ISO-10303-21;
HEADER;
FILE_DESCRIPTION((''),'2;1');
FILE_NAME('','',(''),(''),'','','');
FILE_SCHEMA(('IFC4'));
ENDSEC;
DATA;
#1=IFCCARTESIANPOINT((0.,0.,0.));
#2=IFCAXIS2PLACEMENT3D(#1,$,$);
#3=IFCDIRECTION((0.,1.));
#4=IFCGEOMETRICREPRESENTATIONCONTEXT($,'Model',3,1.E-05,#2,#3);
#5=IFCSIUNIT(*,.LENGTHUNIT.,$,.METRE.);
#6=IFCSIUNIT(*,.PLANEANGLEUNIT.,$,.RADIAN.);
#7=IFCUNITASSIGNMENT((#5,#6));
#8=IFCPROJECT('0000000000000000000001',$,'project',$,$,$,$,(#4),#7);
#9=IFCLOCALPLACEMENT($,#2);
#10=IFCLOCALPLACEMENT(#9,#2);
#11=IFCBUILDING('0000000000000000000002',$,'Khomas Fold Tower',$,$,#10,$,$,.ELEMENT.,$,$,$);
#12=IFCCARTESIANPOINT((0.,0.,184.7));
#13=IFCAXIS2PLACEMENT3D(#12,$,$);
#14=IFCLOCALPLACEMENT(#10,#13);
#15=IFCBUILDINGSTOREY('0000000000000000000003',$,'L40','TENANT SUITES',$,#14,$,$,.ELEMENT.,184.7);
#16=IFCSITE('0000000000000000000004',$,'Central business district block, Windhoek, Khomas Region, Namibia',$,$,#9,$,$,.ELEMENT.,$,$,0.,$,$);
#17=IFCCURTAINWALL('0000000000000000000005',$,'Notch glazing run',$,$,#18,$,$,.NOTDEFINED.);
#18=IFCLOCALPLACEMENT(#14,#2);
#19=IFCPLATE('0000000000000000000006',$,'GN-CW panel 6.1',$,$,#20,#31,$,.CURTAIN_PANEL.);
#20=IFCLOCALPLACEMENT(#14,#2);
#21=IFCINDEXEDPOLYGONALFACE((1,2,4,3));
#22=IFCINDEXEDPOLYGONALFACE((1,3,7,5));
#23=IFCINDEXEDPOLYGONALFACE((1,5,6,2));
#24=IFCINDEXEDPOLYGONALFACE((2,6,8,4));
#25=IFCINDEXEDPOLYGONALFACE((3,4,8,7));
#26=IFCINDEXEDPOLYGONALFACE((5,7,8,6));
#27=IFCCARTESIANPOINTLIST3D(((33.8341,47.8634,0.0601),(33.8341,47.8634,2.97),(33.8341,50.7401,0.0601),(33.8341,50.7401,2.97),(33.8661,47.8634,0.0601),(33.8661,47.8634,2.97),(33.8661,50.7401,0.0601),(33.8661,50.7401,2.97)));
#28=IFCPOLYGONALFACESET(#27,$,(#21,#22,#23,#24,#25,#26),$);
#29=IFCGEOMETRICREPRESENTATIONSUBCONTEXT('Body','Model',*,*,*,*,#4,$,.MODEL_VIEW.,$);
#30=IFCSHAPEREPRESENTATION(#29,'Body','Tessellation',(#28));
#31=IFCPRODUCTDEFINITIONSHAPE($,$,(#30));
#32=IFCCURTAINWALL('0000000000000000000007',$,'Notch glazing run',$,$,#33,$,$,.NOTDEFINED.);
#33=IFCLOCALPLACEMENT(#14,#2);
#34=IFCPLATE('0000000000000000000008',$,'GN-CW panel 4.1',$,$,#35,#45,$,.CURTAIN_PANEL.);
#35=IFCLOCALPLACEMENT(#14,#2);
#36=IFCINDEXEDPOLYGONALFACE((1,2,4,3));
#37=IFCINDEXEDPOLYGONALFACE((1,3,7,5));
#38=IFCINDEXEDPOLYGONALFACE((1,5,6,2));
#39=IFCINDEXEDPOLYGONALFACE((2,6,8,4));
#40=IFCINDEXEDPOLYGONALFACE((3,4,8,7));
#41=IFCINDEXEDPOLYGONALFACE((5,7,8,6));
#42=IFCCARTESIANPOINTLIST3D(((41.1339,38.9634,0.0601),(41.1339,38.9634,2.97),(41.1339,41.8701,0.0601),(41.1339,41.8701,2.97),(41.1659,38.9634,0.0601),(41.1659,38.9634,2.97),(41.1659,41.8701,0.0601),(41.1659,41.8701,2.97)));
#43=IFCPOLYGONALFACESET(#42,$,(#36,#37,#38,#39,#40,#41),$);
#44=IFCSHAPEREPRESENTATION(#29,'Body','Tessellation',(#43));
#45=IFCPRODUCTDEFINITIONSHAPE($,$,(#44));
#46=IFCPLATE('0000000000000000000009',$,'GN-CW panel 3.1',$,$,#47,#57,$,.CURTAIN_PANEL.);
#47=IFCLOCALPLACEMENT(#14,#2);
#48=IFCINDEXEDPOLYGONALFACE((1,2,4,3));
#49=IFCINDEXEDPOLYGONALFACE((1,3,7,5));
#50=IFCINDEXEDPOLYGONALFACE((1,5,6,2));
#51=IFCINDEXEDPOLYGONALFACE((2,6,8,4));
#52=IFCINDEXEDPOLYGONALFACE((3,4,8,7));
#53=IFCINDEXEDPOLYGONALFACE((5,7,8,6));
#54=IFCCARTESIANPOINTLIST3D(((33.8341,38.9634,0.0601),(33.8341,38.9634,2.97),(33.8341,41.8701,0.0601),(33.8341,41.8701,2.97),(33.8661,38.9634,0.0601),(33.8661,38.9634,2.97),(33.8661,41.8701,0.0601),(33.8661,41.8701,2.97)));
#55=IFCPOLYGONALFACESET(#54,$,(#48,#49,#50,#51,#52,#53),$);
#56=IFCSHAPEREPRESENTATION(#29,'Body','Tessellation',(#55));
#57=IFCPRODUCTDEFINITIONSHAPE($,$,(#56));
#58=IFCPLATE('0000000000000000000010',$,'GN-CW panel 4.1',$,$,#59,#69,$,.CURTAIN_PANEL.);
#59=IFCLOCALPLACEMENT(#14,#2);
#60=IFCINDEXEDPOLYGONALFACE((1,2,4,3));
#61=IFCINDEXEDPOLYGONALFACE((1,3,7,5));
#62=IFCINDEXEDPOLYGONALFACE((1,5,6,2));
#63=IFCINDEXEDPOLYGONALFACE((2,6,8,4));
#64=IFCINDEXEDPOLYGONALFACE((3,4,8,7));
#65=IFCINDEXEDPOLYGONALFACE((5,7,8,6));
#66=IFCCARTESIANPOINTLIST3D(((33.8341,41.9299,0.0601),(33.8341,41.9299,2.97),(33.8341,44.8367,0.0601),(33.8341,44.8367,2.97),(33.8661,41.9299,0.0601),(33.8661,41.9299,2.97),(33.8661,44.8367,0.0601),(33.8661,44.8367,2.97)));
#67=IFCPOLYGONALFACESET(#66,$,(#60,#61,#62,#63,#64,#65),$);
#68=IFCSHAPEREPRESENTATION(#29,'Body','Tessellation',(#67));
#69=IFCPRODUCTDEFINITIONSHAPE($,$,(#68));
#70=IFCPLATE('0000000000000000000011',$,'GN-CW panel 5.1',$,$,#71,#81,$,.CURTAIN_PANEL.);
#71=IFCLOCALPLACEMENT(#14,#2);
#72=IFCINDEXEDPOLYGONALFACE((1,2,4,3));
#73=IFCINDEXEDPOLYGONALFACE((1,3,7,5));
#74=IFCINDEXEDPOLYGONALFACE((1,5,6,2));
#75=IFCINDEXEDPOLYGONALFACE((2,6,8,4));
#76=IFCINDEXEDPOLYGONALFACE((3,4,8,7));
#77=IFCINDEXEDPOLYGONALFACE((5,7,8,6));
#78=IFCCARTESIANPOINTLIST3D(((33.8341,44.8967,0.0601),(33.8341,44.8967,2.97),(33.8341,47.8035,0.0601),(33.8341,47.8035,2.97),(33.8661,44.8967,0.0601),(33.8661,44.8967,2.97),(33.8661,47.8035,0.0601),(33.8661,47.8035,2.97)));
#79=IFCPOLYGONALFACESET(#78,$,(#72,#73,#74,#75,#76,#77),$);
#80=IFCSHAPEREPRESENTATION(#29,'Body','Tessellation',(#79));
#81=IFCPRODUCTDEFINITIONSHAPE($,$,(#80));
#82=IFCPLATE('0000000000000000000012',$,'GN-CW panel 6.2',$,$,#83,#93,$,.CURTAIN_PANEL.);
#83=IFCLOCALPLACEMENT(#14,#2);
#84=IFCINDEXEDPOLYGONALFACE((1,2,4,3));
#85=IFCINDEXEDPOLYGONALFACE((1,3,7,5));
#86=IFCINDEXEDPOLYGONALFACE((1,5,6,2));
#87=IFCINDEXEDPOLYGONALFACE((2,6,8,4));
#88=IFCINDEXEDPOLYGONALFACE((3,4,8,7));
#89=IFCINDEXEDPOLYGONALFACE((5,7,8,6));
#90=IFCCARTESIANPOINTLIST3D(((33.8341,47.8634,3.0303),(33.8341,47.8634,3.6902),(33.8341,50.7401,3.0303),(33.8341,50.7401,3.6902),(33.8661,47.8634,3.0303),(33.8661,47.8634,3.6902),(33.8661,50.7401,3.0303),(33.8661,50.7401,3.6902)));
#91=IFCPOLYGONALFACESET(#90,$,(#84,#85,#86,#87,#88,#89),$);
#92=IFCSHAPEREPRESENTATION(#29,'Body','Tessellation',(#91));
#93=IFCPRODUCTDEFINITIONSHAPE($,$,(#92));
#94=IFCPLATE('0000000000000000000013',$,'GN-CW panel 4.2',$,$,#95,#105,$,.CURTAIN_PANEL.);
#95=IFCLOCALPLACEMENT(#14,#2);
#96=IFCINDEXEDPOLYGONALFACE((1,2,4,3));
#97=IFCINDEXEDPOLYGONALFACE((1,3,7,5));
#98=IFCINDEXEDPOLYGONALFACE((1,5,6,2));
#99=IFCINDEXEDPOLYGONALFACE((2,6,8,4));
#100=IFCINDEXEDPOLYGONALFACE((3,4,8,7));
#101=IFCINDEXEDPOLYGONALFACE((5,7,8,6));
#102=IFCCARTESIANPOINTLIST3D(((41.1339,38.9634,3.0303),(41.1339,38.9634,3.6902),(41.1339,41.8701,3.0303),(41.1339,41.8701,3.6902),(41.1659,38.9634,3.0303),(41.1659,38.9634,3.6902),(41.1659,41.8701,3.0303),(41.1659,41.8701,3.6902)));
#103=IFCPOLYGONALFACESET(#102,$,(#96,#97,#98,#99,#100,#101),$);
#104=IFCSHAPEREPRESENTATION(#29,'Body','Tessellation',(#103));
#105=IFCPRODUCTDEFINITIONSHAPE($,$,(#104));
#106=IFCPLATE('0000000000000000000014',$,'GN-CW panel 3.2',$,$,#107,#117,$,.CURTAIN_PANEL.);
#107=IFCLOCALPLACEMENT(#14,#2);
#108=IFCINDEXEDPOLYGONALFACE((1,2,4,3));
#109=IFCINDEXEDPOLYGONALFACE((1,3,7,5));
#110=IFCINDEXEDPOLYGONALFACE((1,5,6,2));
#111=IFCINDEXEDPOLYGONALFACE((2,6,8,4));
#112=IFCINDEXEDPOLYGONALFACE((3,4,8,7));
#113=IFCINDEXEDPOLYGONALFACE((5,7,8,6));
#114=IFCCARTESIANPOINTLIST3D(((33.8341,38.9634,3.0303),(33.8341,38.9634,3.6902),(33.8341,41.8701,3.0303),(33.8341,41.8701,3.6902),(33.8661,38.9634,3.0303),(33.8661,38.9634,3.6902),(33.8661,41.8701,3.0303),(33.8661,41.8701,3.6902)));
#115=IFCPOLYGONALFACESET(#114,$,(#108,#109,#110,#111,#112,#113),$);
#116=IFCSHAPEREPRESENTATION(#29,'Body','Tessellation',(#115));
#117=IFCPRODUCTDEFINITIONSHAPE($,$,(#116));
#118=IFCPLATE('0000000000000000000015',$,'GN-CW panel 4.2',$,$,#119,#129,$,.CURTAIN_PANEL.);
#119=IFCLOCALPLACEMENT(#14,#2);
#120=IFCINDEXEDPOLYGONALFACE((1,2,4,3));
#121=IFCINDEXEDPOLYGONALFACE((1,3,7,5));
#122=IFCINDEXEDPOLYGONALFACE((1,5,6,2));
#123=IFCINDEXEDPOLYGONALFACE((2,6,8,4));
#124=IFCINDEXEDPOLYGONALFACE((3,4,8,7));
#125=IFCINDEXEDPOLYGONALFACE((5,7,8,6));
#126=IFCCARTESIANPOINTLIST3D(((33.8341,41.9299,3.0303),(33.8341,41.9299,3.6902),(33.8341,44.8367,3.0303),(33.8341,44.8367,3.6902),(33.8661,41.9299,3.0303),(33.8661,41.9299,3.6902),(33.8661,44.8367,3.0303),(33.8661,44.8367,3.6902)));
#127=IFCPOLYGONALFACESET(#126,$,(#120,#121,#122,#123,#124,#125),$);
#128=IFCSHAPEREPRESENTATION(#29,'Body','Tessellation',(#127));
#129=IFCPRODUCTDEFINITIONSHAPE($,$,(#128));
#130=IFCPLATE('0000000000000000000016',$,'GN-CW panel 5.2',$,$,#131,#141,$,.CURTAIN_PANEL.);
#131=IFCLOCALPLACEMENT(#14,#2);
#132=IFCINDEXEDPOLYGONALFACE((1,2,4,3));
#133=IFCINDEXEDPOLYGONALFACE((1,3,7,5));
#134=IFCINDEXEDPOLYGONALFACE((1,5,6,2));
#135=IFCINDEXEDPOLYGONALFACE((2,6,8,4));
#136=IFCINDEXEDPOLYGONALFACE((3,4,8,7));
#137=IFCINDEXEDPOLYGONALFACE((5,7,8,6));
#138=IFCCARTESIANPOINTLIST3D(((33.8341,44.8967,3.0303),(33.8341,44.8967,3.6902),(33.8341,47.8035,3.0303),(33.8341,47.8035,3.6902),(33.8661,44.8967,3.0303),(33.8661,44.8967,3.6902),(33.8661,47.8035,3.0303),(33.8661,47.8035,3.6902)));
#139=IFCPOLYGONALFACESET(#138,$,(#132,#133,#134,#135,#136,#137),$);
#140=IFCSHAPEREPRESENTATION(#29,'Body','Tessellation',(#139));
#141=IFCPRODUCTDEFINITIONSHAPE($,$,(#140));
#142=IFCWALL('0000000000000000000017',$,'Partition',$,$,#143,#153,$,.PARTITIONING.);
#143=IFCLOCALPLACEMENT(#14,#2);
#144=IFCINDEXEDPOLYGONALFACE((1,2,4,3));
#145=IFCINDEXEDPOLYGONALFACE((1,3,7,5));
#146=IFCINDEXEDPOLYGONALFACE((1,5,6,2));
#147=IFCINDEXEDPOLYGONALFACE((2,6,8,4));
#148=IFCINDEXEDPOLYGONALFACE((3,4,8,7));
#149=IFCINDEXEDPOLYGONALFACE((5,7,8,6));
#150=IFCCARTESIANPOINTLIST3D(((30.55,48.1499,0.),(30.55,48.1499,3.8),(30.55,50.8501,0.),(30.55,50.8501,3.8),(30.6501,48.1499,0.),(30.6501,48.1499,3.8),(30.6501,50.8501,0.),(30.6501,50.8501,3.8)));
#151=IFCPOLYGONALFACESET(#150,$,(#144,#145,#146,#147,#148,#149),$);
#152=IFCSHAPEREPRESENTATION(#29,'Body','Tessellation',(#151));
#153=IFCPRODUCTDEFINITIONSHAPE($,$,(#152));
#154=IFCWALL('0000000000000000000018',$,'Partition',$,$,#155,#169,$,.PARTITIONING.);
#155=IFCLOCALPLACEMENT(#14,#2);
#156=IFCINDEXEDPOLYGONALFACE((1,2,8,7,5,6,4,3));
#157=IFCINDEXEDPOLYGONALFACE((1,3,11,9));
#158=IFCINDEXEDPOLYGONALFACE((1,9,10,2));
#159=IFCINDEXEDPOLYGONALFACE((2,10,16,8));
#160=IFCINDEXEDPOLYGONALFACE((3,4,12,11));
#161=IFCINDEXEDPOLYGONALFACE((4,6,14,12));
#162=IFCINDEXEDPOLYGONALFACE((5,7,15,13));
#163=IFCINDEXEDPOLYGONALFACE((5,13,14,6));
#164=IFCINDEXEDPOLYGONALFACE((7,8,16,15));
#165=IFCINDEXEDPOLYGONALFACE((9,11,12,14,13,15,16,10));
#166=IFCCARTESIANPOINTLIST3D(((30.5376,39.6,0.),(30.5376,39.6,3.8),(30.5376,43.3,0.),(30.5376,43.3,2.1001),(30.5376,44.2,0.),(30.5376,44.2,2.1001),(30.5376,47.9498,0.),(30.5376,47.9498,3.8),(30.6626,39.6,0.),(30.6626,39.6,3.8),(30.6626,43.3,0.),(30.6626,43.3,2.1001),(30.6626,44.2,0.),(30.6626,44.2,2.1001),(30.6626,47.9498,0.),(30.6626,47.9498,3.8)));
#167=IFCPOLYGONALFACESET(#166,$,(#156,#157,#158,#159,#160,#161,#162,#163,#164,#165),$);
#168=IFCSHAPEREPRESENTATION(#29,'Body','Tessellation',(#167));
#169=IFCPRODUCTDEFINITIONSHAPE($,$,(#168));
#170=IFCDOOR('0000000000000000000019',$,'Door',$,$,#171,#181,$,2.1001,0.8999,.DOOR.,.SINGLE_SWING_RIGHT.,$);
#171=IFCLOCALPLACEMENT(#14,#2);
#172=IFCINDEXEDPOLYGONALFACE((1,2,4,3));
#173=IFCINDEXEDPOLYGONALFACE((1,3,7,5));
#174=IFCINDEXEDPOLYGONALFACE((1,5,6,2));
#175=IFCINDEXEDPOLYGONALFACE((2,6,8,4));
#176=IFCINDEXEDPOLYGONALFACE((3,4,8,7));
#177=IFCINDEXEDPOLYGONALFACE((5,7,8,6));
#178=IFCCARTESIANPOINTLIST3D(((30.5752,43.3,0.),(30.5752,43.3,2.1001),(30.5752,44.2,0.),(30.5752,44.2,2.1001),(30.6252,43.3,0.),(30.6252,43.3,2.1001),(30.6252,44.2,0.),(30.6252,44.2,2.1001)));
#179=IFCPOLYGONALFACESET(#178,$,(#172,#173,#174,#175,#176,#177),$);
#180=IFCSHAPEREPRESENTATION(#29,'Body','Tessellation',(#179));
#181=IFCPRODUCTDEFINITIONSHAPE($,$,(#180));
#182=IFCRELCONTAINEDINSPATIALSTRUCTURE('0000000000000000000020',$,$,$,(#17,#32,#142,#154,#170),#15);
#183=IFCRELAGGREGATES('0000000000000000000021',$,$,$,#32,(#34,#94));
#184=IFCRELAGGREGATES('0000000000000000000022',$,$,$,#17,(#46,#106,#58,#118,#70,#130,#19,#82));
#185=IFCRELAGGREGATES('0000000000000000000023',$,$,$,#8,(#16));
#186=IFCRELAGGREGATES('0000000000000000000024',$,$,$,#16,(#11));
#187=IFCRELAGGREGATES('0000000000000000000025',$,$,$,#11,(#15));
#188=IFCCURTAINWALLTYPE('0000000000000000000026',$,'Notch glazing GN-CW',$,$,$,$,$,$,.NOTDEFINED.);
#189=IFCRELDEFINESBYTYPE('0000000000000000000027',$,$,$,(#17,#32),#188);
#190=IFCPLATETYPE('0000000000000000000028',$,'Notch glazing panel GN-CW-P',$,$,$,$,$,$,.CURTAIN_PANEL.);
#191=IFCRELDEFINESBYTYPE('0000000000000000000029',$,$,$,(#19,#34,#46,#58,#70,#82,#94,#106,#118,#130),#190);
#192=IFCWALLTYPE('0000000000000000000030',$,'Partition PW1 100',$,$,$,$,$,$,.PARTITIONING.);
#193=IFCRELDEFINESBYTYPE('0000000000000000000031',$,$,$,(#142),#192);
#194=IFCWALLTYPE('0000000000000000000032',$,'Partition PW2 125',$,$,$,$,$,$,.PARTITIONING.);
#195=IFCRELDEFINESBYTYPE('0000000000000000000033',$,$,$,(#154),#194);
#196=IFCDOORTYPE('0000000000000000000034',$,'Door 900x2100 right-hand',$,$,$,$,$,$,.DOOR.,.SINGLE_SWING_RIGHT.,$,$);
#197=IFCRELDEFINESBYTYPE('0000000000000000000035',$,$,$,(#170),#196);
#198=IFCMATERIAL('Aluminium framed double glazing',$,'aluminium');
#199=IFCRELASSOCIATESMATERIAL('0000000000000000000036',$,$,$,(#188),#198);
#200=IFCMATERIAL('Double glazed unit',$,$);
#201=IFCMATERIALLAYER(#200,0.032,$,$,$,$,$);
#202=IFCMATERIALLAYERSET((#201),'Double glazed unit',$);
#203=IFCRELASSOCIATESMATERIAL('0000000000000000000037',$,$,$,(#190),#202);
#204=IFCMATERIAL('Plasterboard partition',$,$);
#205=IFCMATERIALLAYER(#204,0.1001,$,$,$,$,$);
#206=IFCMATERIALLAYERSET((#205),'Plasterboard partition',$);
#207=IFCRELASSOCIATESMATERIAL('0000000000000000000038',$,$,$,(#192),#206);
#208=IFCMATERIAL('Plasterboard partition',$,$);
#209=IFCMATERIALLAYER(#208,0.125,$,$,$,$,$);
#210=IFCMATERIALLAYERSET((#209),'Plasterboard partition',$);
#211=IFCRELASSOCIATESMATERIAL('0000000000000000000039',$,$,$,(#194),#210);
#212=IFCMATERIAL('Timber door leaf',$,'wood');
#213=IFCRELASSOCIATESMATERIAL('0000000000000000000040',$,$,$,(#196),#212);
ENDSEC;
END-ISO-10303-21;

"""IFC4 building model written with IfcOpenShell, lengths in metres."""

from ifc_helpers import new_model, si_unit, direction, frame, frame_2d, origin, origin_2d, place, context, subcontext, project, spatial, rectangle, extrude, source, transform, mapped, material, layer, layer_set, type_object, element, fill, aggregate, save


model = new_model("IFC4")

# Units and contexts
model_context = context("Model", 3, precision=1e-05, world=origin(), true_north=direction((0.0, 1.0)))
body_context = subcontext(model_context, "Body", "Model", "MODEL_VIEW")
ifc_project = project(units=[si_unit("LENGTHUNIT", "METRE"), si_unit("PLANEANGLEUNIT", "RADIAN")], contexts=[model_context])

# Site, building, storey
site_placement = place(None, origin())
site = spatial("IfcSite", under=ifc_project, at=site_placement, Name="Central business district block, Windhoek, Khomas Region, Namibia", CompositionType="ELEMENT", RefElevation=0.0)
building_placement = place(site_placement, origin())
building = spatial("IfcBuilding", under=site, at=building_placement, Name="Khomas Fold Tower", CompositionType="ELEMENT")
storey_placement = place(building_placement, frame((0.0, 0.0, 184.7)))
storey = spatial("IfcBuildingStorey", under=building, at=storey_placement, Name="L40", Description="TENANT SUITES", CompositionType="ELEMENT", Elevation=184.7)

# Curtain wall
ifc_material_1 = material(Name="Aluminium framed double glazing", Category="aluminium")
curtain_wall_type_1 = type_object("IfcCurtainWallType", Name="Notch glazing GN-CW", PredefinedType="NOTDEFINED", material=ifc_material_1)
curtain_wall_1_placement = place(storey_placement, origin())
curtain_wall_1 = element("IfcCurtainWall", 1, at=curtain_wall_1_placement, inside=storey, type_object=curtain_wall_type_1, Name="Notch glazing run", PredefinedType="NOTDEFINED")

# Plate
ifc_material_2 = material(Name="Double glazed unit")
ifc_layer_1 = layer(ifc_material_2, 0.032)
ifc_layer_set_1 = layer_set([ifc_layer_1], Name="Double glazed unit")
plate_type_1 = type_object("IfcPlateType", Name="Notch glazing panel GN-CW-P", PredefinedType="CURTAIN_PANEL", material=ifc_layer_set_1)
shared_shape_1 = source(origin(), body_context, "Body", "SweptSolid", [
    extrude(rectangle(XDim=2.8767, YDim=0.032, at=origin_2d()), origin(), (0.0, 0.0, 1.0), 2.9099),
])
plate_1_placement = place(storey_placement, frame((33.8501, 49.3018, 0.0601), z_axis=(0.0, 0.0, 1.0), x_axis=(0.0, 1.0, 0.0)))
plate_1 = element("IfcPlate", 2, at=plate_1_placement, type_object=plate_type_1, Name="GN-CW panel 6.1", PredefinedType="CURTAIN_PANEL", context=body_context, shape_type="MappedRepresentation", body=[
    mapped(shared_shape_1, transform((0.0, 0.0, 0.0))),
])

# Curtain wall, plate
curtain_wall_2_placement = place(storey_placement, origin())
curtain_wall_2 = element("IfcCurtainWall", 3, at=curtain_wall_2_placement, inside=storey, type_object=curtain_wall_type_1, Name="Notch glazing run", PredefinedType="NOTDEFINED")
shared_shape_2 = source(origin(), body_context, "Body", "SweptSolid", [
    extrude(rectangle(XDim=2.9067, YDim=0.032, at=origin_2d()), origin(), (0.0, 0.0, 1.0), 2.9099),
])
plate_2_placement = place(storey_placement, frame((41.1499, 40.4167, 0.0601), z_axis=(0.0, 0.0, 1.0), x_axis=(0.0, -1.0, 0.0)))
plate_2 = element("IfcPlate", 4, at=plate_2_placement, type_object=plate_type_1, Name="GN-CW panel 4.1", PredefinedType="CURTAIN_PANEL", context=body_context, shape_type="MappedRepresentation", body=[
    mapped(shared_shape_2, transform((0.0, 0.0, 0.0))),
])

# Plates
plate_3_placement = place(storey_placement, frame((33.8501, 40.4167, 0.0601), z_axis=(0.0, 0.0, 1.0), x_axis=(0.0, 1.0, 0.0)))
plate_3 = element("IfcPlate", 5, at=plate_3_placement, type_object=plate_type_1, Name="GN-CW panel 3.1", PredefinedType="CURTAIN_PANEL", context=body_context, shape_type="MappedRepresentation", body=[
    mapped(shared_shape_2, transform((0.0, 0.0, 0.0))),
])
plate_4_placement = place(storey_placement, frame((33.8501, 43.3833, 0.0601), z_axis=(0.0, 0.0, 1.0), x_axis=(0.0, 1.0, 0.0)))
plate_4 = element("IfcPlate", 6, at=plate_4_placement, type_object=plate_type_1, Name="GN-CW panel 4.1", PredefinedType="CURTAIN_PANEL", context=body_context, shape_type="MappedRepresentation", body=[
    mapped(shared_shape_2, transform((0.0, 0.0, 0.0))),
])
plate_5_placement = place(storey_placement, frame((33.8501, 46.3501, 0.0601), z_axis=(0.0, 0.0, 1.0), x_axis=(0.0, 1.0, 0.0)))
plate_5 = element("IfcPlate", 7, at=plate_5_placement, type_object=plate_type_1, Name="GN-CW panel 5.1", PredefinedType="CURTAIN_PANEL", context=body_context, shape_type="MappedRepresentation", body=[
    mapped(shared_shape_2, transform((0.0, 0.0, 0.0))),
])
shared_shape_3 = source(origin(), body_context, "Body", "SweptSolid", [
    extrude(rectangle(XDim=2.8767, YDim=0.032, at=origin_2d()), origin(), (0.0, 0.0, 1.0), 0.6599),
])
plate_6_placement = place(storey_placement, frame((33.8501, 49.3018, 3.0303), z_axis=(0.0, 0.0, 1.0), x_axis=(0.0, 1.0, 0.0)))
plate_6 = element("IfcPlate", 8, at=plate_6_placement, type_object=plate_type_1, Name="GN-CW panel 6.2", PredefinedType="CURTAIN_PANEL", context=body_context, shape_type="MappedRepresentation", body=[
    mapped(shared_shape_3, transform((0.0, 0.0, 0.0))),
])
shared_shape_4 = source(origin(), body_context, "Body", "SweptSolid", [
    extrude(rectangle(XDim=2.9067, YDim=0.032, at=origin_2d()), origin(), (0.0, 0.0, 1.0), 0.6599),
])
plate_7_placement = place(storey_placement, frame((41.1499, 40.4167, 3.0303), z_axis=(0.0, 0.0, 1.0), x_axis=(0.0, -1.0, 0.0)))
plate_7 = element("IfcPlate", 9, at=plate_7_placement, type_object=plate_type_1, Name="GN-CW panel 4.2", PredefinedType="CURTAIN_PANEL", context=body_context, shape_type="MappedRepresentation", body=[
    mapped(shared_shape_4, transform((0.0, 0.0, 0.0))),
])
aggregate(curtain_wall_2, [plate_2, plate_7])
plate_8_placement = place(storey_placement, frame((33.8501, 40.4167, 3.0303), z_axis=(0.0, 0.0, 1.0), x_axis=(0.0, 1.0, 0.0)))
plate_8 = element("IfcPlate", 10, at=plate_8_placement, type_object=plate_type_1, Name="GN-CW panel 3.2", PredefinedType="CURTAIN_PANEL", context=body_context, shape_type="MappedRepresentation", body=[
    mapped(shared_shape_4, transform((0.0, 0.0, 0.0))),
])
plate_9_placement = place(storey_placement, frame((33.8501, 43.3833, 3.0303), z_axis=(0.0, 0.0, 1.0), x_axis=(0.0, 1.0, 0.0)))
plate_9 = element("IfcPlate", 11, at=plate_9_placement, type_object=plate_type_1, Name="GN-CW panel 4.2", PredefinedType="CURTAIN_PANEL", context=body_context, shape_type="MappedRepresentation", body=[
    mapped(shared_shape_4, transform((0.0, 0.0, 0.0))),
])
plate_10_placement = place(storey_placement, frame((33.8501, 46.3501, 3.0303), z_axis=(0.0, 0.0, 1.0), x_axis=(0.0, 1.0, 0.0)))
plate_10 = element("IfcPlate", 12, at=plate_10_placement, type_object=plate_type_1, Name="GN-CW panel 5.2", PredefinedType="CURTAIN_PANEL", context=body_context, shape_type="MappedRepresentation", body=[
    mapped(shared_shape_4, transform((0.0, 0.0, 0.0))),
])
aggregate(curtain_wall_1, [plate_3, plate_8, plate_4, plate_9, plate_5, plate_10, plate_1, plate_6])

# Wall
ifc_material_3 = material(Name="Plasterboard partition")
ifc_layer_2 = layer(ifc_material_3, 0.1001)
ifc_layer_set_2 = layer_set([ifc_layer_2], Name="Plasterboard partition")
wall_type_1 = type_object("IfcWallType", Name="Partition PW1 100", PredefinedType="PARTITIONING", material=ifc_layer_set_2)
shared_shape_5 = source(origin(), body_context, "Body", "SweptSolid", [
    extrude(rectangle(XDim=2.7002, YDim=0.1001, at=frame_2d((1.3501, 0.0))), origin(), (0.0, 0.0, 1.0), 3.8),
])
wall_1_placement = place(storey_placement, frame((30.6001, 48.1499, 0.0), z_axis=(0.0, 0.0, 1.0), x_axis=(0.0, 1.0, 0.0)))
element("IfcWall", 13, at=wall_1_placement, inside=storey, type_object=wall_type_1, Name="Partition", PredefinedType="PARTITIONING", context=body_context, shape_type="MappedRepresentation", body=[
    mapped(shared_shape_5, transform((0.0, 0.0, 0.0))),
])

# Wall, opening, door
ifc_material_4 = material(Name="Plasterboard partition")
ifc_layer_3 = layer(ifc_material_4, 0.125)
ifc_layer_set_3 = layer_set([ifc_layer_3], Name="Plasterboard partition")
wall_type_2 = type_object("IfcWallType", Name="Partition PW2 125", PredefinedType="PARTITIONING", material=ifc_layer_set_3)
shared_shape_6 = source(origin(), body_context, "Body", "SweptSolid", [
    extrude(rectangle(XDim=8.3499, YDim=0.125, at=frame_2d((4.1748, 0.0))), origin(), (0.0, 0.0, 1.0), 3.8),
])
wall_2_placement = place(storey_placement, frame((30.6001, 39.6001, 0.0), z_axis=(0.0, 0.0, 1.0), x_axis=(0.0, 1.0, 0.0)))
wall_2 = element("IfcWall", 14, at=wall_2_placement, inside=storey, type_object=wall_type_2, Name="Partition", PredefinedType="PARTITIONING", context=body_context, shape_type="MappedRepresentation", body=[
    mapped(shared_shape_6, transform((0.0, 0.0, 0.0))),
])
shared_shape_7 = source(origin(), body_context, "Body", "SweptSolid", [
    extrude(rectangle(XDim=0.8999, YDim=2.1001, at=frame_2d((0.45, 1.05))), frame((0.0, 0.0725, 0.0), z_axis=(0.0, -1.0, 0.0), x_axis=(1.0, 0.0, 0.0)), (0.0, 0.0, 1.0), 0.145),
])
opening_placement = place(wall_2_placement, frame((3.7, 0.0, 0.0)))
opening = element("IfcOpeningElement", 15, at=opening_placement, cuts=wall_2, PredefinedType="OPENING", context=body_context, shape_type="MappedRepresentation", body=[
    mapped(shared_shape_7, transform((0.0, 0.0, 0.0))),
])
ifc_material_5 = material(Name="Timber door leaf", Category="wood")
door_type = type_object("IfcDoorType", Name="Door 900x2100 right-hand", OperationType="SINGLE_SWING_RIGHT", PredefinedType="DOOR", material=ifc_material_5)
shared_shape_8 = source(origin(), body_context, "Body", "SweptSolid", [
    extrude(rectangle(XDim=0.8999, YDim=2.1001, at=frame_2d((0.45, 1.05))), frame((0.0, 0.0249, 0.0), z_axis=(0.0, -1.0, 0.0), x_axis=(1.0, 0.0, 0.0)), (0.0, 0.0, 1.0), 0.05),
])
door_placement = place(opening_placement, origin())
door = element("IfcDoor", 16, at=door_placement, inside=storey, type_object=door_type, Name="Door", OperationType="SINGLE_SWING_RIGHT", OverallHeight=2.1001, OverallWidth=0.8999, PredefinedType="DOOR", context=body_context, shape_type="MappedRepresentation", body=[
    mapped(shared_shape_8, transform((0.0, 0.0, 0.0))),
])
fill(opening, door)

save(model, "model.ifc")
